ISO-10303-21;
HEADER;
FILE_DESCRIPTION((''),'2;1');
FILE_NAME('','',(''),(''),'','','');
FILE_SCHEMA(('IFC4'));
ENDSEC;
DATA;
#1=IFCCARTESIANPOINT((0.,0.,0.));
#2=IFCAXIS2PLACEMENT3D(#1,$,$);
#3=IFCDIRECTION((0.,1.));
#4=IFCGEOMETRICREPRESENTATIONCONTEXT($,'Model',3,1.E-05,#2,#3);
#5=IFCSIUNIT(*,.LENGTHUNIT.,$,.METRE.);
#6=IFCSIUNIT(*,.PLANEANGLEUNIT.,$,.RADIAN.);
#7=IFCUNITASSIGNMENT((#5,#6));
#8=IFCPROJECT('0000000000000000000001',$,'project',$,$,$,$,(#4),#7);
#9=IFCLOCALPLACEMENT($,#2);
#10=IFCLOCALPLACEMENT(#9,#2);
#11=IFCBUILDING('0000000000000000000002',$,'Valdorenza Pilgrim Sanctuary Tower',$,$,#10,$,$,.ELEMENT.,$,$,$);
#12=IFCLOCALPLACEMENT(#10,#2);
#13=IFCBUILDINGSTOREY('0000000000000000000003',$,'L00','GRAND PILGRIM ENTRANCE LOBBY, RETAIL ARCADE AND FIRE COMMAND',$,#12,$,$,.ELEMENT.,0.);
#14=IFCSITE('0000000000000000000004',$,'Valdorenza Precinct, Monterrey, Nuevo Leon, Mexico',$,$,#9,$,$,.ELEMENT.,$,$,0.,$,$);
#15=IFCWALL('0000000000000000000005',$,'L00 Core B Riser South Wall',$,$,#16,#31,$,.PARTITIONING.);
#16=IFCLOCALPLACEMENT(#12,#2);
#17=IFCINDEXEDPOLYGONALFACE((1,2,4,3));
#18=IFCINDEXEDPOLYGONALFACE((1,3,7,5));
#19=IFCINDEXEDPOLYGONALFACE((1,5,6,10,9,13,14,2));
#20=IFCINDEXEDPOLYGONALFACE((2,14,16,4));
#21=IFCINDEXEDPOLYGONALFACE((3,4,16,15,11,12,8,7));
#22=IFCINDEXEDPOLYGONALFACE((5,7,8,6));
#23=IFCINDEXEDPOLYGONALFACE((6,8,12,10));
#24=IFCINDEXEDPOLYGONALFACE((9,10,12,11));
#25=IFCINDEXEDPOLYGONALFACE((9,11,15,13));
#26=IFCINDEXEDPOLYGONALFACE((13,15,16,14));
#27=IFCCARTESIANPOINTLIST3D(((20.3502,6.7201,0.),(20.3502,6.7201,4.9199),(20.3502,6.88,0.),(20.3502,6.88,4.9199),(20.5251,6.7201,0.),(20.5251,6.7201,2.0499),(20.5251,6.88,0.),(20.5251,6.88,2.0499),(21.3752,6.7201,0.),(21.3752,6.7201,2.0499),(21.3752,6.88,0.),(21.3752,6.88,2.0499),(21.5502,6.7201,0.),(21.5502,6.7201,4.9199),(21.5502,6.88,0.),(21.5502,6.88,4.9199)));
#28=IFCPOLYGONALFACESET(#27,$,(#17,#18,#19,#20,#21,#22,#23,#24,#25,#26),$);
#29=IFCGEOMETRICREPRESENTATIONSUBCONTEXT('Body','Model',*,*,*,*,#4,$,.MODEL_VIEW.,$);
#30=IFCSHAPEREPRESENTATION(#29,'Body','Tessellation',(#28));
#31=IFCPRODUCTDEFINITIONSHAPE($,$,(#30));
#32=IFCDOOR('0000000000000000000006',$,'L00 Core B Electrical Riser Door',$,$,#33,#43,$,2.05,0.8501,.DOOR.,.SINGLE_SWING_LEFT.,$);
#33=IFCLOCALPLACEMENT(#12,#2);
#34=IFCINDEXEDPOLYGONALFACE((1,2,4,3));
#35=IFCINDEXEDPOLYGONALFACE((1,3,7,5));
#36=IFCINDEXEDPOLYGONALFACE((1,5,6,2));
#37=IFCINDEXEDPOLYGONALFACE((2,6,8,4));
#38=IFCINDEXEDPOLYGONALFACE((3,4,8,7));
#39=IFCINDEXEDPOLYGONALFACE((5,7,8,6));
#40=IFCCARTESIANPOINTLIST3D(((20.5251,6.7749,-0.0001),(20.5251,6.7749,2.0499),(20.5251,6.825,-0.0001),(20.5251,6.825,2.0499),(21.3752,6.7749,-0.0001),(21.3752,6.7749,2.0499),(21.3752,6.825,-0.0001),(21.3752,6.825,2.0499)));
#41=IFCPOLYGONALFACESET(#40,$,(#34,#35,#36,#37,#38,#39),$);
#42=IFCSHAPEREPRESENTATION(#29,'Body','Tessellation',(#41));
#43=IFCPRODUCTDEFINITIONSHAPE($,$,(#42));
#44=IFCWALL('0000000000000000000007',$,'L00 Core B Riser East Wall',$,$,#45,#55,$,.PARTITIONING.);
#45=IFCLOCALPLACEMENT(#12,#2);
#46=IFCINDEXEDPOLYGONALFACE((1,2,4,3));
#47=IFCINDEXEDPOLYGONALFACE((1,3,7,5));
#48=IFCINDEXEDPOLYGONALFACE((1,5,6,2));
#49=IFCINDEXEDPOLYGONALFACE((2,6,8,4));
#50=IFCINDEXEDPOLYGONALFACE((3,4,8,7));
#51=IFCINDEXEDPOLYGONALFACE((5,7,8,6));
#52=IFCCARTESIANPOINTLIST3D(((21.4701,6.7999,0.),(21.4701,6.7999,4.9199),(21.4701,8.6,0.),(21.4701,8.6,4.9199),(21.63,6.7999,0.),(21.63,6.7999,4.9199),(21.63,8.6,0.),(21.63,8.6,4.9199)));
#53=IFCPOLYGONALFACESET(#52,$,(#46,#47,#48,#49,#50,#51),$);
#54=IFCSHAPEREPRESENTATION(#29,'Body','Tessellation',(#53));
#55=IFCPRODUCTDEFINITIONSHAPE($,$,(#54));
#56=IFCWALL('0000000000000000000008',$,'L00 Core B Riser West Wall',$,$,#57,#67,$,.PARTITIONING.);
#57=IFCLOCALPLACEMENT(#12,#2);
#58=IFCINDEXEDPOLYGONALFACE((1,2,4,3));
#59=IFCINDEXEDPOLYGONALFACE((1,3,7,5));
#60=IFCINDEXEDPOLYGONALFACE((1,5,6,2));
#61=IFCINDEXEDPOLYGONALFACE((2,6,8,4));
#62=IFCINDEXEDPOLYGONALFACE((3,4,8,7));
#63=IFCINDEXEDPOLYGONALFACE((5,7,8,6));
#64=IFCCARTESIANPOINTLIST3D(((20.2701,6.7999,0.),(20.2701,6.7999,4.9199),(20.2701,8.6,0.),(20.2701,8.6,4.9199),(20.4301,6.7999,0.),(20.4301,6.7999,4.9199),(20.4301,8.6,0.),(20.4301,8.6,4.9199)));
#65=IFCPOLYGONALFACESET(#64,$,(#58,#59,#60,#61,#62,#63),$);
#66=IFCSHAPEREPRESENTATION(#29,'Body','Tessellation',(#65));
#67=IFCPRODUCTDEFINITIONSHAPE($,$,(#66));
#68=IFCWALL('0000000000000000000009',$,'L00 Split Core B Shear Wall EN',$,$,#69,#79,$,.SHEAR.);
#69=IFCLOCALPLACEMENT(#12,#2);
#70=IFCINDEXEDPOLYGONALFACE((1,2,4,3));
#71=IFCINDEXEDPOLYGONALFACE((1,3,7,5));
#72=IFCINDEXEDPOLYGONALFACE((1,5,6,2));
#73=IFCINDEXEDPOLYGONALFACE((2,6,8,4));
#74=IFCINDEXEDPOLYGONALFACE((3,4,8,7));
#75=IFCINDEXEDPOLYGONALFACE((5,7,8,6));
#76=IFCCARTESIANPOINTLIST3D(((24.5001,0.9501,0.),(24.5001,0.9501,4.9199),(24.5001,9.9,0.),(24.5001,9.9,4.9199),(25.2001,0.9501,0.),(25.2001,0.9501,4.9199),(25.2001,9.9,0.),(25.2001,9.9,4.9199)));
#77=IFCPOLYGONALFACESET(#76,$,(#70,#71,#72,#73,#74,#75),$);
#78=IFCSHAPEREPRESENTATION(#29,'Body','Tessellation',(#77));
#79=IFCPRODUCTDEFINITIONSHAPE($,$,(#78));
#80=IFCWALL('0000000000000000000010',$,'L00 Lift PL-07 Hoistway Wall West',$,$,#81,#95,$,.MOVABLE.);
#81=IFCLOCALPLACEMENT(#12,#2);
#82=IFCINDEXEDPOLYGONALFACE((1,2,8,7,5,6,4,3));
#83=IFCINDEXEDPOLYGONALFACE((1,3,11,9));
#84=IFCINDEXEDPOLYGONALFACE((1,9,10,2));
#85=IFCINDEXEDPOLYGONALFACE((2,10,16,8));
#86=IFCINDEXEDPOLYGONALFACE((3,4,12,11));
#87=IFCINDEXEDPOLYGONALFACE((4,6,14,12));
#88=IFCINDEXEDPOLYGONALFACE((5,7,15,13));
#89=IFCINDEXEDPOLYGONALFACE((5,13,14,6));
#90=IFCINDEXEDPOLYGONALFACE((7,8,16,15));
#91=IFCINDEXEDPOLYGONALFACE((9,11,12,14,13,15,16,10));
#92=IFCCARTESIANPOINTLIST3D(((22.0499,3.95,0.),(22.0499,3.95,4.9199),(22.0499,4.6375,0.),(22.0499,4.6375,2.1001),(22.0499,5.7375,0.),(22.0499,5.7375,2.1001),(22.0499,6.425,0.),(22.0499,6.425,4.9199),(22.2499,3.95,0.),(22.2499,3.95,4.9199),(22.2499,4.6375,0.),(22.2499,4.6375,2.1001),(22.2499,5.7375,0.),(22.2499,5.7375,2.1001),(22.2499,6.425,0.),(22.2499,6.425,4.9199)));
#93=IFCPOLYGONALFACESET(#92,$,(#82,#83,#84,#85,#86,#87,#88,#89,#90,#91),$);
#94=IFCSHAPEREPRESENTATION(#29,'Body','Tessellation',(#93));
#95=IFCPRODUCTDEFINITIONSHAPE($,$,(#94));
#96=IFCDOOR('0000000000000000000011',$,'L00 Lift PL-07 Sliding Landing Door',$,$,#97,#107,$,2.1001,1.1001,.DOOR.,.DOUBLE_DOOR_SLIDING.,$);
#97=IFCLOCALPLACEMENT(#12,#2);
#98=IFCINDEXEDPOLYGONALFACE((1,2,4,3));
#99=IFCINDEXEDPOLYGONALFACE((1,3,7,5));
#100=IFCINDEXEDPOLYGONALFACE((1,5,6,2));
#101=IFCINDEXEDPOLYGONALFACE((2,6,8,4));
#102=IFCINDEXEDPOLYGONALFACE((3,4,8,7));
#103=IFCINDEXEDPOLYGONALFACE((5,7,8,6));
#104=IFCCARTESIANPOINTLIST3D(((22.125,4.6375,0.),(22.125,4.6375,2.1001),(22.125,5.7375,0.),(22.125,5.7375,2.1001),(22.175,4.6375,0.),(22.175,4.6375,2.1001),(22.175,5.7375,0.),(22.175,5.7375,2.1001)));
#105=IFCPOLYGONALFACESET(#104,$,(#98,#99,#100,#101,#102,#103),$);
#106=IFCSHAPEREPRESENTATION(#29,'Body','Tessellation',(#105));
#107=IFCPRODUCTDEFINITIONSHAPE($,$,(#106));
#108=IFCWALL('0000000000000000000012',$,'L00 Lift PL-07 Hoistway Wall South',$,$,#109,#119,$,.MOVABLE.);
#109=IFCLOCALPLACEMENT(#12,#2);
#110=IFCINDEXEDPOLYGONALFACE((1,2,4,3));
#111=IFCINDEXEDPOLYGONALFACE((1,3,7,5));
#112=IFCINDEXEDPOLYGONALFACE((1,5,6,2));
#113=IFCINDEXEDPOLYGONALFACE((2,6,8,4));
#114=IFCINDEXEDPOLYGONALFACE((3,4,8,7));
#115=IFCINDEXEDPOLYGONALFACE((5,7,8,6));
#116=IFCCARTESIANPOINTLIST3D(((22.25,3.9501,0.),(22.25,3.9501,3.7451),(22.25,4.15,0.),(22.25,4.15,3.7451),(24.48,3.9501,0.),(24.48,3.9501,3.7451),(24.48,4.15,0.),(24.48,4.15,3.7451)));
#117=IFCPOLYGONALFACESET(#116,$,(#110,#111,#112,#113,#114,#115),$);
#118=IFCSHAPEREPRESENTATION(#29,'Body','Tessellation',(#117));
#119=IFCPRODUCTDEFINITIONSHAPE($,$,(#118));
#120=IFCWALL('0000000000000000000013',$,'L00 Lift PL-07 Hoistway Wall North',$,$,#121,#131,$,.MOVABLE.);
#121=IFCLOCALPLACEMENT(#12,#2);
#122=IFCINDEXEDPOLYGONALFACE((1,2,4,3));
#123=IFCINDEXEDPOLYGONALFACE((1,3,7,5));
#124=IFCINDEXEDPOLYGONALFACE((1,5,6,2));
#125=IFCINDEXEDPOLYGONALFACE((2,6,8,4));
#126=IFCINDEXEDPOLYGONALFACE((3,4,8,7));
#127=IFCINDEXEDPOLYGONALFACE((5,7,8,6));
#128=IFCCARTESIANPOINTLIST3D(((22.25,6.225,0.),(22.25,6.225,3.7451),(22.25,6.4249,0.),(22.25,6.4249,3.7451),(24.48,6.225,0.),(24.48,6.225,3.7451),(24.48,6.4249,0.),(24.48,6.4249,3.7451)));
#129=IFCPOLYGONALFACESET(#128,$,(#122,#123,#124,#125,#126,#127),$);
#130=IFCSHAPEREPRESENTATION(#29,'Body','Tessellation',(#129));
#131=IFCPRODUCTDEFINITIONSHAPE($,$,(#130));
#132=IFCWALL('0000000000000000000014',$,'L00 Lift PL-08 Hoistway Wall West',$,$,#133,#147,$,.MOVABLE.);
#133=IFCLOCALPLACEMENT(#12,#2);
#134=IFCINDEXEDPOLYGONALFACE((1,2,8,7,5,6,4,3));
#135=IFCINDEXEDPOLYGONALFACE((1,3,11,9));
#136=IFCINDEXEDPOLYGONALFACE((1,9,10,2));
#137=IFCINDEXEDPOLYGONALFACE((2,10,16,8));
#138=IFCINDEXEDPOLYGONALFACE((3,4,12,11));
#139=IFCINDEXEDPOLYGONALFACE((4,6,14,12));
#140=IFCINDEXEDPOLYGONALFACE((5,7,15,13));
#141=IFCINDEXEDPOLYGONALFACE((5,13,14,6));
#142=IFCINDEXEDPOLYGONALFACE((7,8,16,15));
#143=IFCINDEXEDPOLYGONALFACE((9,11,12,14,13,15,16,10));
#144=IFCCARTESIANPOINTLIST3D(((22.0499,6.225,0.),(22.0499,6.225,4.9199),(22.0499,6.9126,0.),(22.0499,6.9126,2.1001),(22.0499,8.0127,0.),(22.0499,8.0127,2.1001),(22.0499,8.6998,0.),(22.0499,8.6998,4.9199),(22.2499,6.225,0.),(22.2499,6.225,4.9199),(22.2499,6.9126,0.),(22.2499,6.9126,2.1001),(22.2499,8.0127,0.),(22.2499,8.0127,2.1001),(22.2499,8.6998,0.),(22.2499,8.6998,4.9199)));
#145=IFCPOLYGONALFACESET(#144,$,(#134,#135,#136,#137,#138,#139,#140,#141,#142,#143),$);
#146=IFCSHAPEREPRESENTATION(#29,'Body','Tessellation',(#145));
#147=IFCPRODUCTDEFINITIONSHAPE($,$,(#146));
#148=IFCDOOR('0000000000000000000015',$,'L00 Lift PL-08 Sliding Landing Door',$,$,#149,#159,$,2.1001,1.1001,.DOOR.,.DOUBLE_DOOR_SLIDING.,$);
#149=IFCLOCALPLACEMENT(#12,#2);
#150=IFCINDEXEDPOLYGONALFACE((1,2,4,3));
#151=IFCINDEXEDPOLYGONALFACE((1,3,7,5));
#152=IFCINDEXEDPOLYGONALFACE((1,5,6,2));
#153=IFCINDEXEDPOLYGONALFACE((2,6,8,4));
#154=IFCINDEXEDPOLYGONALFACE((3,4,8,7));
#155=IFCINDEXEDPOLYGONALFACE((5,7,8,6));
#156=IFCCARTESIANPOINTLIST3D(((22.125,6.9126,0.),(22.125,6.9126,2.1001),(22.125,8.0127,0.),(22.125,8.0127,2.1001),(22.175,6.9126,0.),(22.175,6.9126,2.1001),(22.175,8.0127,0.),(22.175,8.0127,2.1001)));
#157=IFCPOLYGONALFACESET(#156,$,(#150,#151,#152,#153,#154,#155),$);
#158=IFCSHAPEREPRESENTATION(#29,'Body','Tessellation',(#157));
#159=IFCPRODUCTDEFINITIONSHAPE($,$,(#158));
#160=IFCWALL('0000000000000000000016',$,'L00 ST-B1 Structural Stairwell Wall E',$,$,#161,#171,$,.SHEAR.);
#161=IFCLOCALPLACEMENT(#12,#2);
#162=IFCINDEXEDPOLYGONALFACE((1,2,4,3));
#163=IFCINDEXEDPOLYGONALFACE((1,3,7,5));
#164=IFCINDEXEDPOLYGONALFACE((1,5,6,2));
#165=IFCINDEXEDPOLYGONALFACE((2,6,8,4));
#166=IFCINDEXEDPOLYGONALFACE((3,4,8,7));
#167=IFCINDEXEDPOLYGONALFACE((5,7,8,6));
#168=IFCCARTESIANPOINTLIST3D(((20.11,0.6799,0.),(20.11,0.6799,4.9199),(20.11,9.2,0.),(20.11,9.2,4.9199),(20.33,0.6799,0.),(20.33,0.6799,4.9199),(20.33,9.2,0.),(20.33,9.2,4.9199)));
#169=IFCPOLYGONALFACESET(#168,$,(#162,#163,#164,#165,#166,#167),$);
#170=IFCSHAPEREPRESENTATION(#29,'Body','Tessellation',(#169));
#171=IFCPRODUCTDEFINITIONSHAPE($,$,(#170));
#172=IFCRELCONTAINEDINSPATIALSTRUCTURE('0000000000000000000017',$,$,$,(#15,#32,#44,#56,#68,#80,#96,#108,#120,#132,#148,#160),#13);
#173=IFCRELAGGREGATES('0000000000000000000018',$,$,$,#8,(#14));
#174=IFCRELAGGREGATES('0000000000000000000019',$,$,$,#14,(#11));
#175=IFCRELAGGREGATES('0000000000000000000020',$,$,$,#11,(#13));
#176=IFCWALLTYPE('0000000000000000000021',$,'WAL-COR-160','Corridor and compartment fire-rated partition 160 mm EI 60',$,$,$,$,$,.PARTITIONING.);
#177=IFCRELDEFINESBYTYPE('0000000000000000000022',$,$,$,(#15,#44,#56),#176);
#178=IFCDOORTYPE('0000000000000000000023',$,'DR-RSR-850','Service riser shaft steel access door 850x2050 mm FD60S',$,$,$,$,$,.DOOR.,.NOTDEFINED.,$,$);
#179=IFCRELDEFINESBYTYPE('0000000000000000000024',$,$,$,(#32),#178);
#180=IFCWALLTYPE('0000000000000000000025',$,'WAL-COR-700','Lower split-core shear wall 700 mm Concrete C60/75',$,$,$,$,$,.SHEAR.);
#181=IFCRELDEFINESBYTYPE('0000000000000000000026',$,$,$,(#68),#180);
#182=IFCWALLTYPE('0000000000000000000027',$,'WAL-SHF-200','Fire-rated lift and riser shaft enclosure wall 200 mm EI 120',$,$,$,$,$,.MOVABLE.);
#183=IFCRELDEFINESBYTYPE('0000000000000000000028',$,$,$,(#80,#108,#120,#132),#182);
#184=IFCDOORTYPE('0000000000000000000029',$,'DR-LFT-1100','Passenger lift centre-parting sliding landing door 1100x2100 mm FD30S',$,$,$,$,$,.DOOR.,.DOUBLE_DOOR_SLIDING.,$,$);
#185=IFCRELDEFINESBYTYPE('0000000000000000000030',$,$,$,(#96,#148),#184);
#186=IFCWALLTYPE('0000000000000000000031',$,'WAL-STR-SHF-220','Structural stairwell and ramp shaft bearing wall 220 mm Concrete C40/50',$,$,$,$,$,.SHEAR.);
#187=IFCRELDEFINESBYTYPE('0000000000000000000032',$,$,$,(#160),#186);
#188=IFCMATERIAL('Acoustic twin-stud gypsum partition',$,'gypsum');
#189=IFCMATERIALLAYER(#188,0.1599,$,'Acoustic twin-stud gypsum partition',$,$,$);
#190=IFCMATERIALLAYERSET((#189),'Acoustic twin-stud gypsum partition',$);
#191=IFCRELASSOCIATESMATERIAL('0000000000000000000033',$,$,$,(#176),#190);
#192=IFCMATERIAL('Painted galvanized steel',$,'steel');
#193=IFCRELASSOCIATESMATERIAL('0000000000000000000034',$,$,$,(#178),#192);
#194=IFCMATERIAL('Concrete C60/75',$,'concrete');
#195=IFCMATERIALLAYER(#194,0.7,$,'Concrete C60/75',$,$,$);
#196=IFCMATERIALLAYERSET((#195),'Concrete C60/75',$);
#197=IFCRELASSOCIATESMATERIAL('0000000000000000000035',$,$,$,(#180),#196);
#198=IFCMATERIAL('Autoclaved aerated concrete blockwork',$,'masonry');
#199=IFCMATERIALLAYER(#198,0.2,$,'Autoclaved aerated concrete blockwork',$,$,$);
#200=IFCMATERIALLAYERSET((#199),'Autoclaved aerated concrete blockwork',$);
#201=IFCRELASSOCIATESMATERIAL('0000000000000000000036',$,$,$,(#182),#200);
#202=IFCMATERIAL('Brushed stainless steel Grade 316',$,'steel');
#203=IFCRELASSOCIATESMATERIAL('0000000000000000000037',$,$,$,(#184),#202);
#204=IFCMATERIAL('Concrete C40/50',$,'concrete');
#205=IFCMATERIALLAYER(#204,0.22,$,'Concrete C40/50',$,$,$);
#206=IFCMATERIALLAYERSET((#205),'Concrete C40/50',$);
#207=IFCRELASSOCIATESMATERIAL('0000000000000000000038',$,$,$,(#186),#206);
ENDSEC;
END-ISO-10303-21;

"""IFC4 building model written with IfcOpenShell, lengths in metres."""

from ifc_helpers import new_model, si_unit, direction, frame, frame_2d, origin, place, context, subcontext, project, spatial, rectangle, extrude, material, layer, layer_set, type_object, element, fill, save


model = new_model("IFC4")

# Units and contexts
model_context = context("Model", 3, precision=1e-05, world=origin(), true_north=direction((0.0, 1.0)))
body_context = subcontext(model_context, "Body", "Model", "MODEL_VIEW")
ifc_project = project(units=[si_unit("LENGTHUNIT", "METRE"), si_unit("PLANEANGLEUNIT", "RADIAN")], contexts=[model_context])

# Site, building, storey
site_placement = place(None, origin())
site = spatial("IfcSite", under=ifc_project, at=site_placement, Name="Valdorenza Precinct, Monterrey, Nuevo Leon, Mexico", CompositionType="ELEMENT", RefElevation=0.0)
building_placement = place(site_placement, origin())
building = spatial("IfcBuilding", under=site, at=building_placement, Name="Valdorenza Pilgrim Sanctuary Tower", CompositionType="ELEMENT")
storey_placement = place(building_placement, origin())
storey = spatial("IfcBuildingStorey", under=building, at=storey_placement, Name="L00", Description="GRAND PILGRIM ENTRANCE LOBBY, RETAIL ARCADE AND FIRE COMMAND", CompositionType="ELEMENT", Elevation=0.0)

# Wall, opening, door
ifc_material_1 = material(Name="Acoustic twin-stud gypsum partition", Category="gypsum")
ifc_layer_1 = layer(ifc_material_1, 0.1599, Name="Acoustic twin-stud gypsum partition")
ifc_layer_set_1 = layer_set([ifc_layer_1], Name="Acoustic twin-stud gypsum partition")
wall_type_1 = type_object("IfcWallType", Name="WAL-COR-160", Description="Corridor and compartment fire-rated partition 160 mm EI 60", PredefinedType="PARTITIONING", material=ifc_layer_set_1)
wall_1_placement = place(storey_placement, frame((20.3501, 6.8, 0.0), z_axis=(0.0, 0.0, 1.0), x_axis=(1.0, 0.0, 0.0)))
wall_1 = element("IfcWall", 1, at=wall_1_placement, inside=storey, type_object=wall_type_1, Name="L00 Core B Riser South Wall", PredefinedType="PARTITIONING", context=body_context, shape_type="SweptSolid", body=[
    extrude(rectangle(XDim=1.2, YDim=0.1599, at=frame_2d((0.6001, 0.0))), origin(), (0.0, 0.0, 1.0), 4.9199),
])
opening_1_placement = place(wall_1_placement, frame((0.175, 0.0, 0.0)))
opening_1 = element("IfcOpeningElement", 2, at=opening_1_placement, cuts=wall_1, PredefinedType="OPENING", context=body_context, shape_type="SweptSolid", body=[
    extrude(rectangle(XDim=0.8501, YDim=2.05, at=frame_2d((0.425, 1.0249))), frame((0.0, 0.0947, 0.0), z_axis=(0.0, -1.0, 0.0), x_axis=(1.0, 0.0, 0.0)), (0.0, 0.0, 1.0), 0.1897),
])
ifc_material_2 = material(Name="Painted galvanized steel", Category="steel")
door_type_1 = type_object("IfcDoorType", Name="DR-RSR-850", Description="Service riser shaft steel access door 850x2050 mm FD60S", OperationType="NOTDEFINED", PredefinedType="DOOR", material=ifc_material_2)
door_1_placement = place(opening_1_placement, origin())
door_1 = element("IfcDoor", 3, at=door_1_placement, inside=storey, type_object=door_type_1, Name="L00 Core B Electrical Riser Door", OperationType="SINGLE_SWING_LEFT", OverallHeight=2.05, OverallWidth=0.8501, PredefinedType="DOOR", context=body_context, shape_type="SweptSolid", body=[
    extrude(rectangle(XDim=0.8501, YDim=2.05, at=frame_2d((0.425, 1.0249))), frame((0.0, 0.0249, 0.0), z_axis=(0.0, -1.0, 0.0), x_axis=(1.0, 0.0, 0.0)), (0.0, 0.0, 1.0), 0.05),
])
fill(opening_1, door_1)

# Walls
for number, where, z_axis, x_axis, name in (
    (4, (21.55, 6.8, 0.0), (0.0, 0.0, 1.0), (0.0, 1.0, 0.0), "L00 Core B Riser East Wall"),
    (5, (20.3501, 6.8, 0.0), (0.0, 0.0, 1.0), (0.0, 1.0, 0.0), "L00 Core B Riser West Wall"),
):
    element("IfcWall", number, at=place(storey_placement, frame(where, z_axis=z_axis, x_axis=x_axis)), inside=storey, type_object=wall_type_1, Name=name, PredefinedType="PARTITIONING", context=body_context, shape_type="SweptSolid", body=[
        extrude(rectangle(XDim=1.8, YDim=0.1599, at=frame_2d((0.8999, 0.0))), origin(), (0.0, 0.0, 1.0), 4.9199),
    ])
ifc_material_3 = material(Name="Concrete C60/75", Category="concrete")
ifc_layer_2 = layer(ifc_material_3, 0.7, Name="Concrete C60/75")
ifc_layer_set_2 = layer_set([ifc_layer_2], Name="Concrete C60/75")
wall_type_2 = type_object("IfcWallType", Name="WAL-COR-700", Description="Lower split-core shear wall 700 mm Concrete C60/75", PredefinedType="SHEAR", material=ifc_layer_set_2)
wall_2_placement = place(storey_placement, frame((24.8501, 0.95, 0.0), z_axis=(0.0, 0.0, 1.0), x_axis=(0.0, 1.0, 0.0)))
element("IfcWall", 6, at=wall_2_placement, inside=storey, type_object=wall_type_2, Name="L00 Split Core B Shear Wall EN", PredefinedType="SHEAR", context=body_context, shape_type="SweptSolid", body=[
    extrude(rectangle(XDim=8.95, YDim=0.7, at=frame_2d((4.4751, 0.0))), origin(), (0.0, 0.0, 1.0), 4.9199),
])

# Wall, opening, door
ifc_material_4 = material(Name="Autoclaved aerated concrete blockwork", Category="masonry")
ifc_layer_3 = layer(ifc_material_4, 0.2, Name="Autoclaved aerated concrete blockwork")
ifc_layer_set_3 = layer_set([ifc_layer_3], Name="Autoclaved aerated concrete blockwork")
wall_type_3 = type_object("IfcWallType", Name="WAL-SHF-200", Description="Fire-rated lift and riser shaft enclosure wall 200 mm EI 120", PredefinedType="MOVABLE", material=ifc_layer_set_3)
wall_3_placement = place(storey_placement, frame((22.1499, 3.95, 0.0), z_axis=(0.0, 0.0, 1.0), x_axis=(0.0, 1.0, 0.0)))
wall_3 = element("IfcWall", 7, at=wall_3_placement, inside=storey, type_object=wall_type_3, Name="L00 Lift PL-07 Hoistway Wall West", PredefinedType="MOVABLE", context=body_context, shape_type="SweptSolid", body=[
    extrude(rectangle(XDim=2.4751, YDim=0.2, at=frame_2d((1.2375, 0.0))), origin(), (0.0, 0.0, 1.0), 4.9199),
])
opening_2_placement = place(wall_3_placement, frame((0.6875, 0.0, 0.0)))
opening_2 = element("IfcOpeningElement", 8, at=opening_2_placement, cuts=wall_3, PredefinedType="OPENING", context=body_context, shape_type="SweptSolid", body=[
    extrude(rectangle(XDim=1.1001, YDim=2.1001, at=frame_2d((0.55, 1.05))), frame((0.0, 0.1147, 0.0), z_axis=(0.0, -1.0, 0.0), x_axis=(1.0, 0.0, 0.0)), (0.0, 0.0, 1.0), 0.2297),
])
ifc_material_5 = material(Name="Brushed stainless steel Grade 316", Category="steel")
door_type_2 = type_object("IfcDoorType", Name="DR-LFT-1100", Description="Passenger lift centre-parting sliding landing door 1100x2100 mm FD30S", OperationType="DOUBLE_DOOR_SLIDING", PredefinedType="DOOR", material=ifc_material_5)
door_2_placement = place(opening_2_placement, origin())
door_2 = element("IfcDoor", 9, at=door_2_placement, inside=storey, type_object=door_type_2, Name="L00 Lift PL-07 Sliding Landing Door", OperationType="DOUBLE_DOOR_SLIDING", OverallHeight=2.1001, OverallWidth=1.1001, PredefinedType="DOOR", context=body_context, shape_type="SweptSolid", body=[
    extrude(rectangle(XDim=1.1001, YDim=2.1001, at=frame_2d((0.55, 1.05))), frame((0.0, 0.0249, 0.0), z_axis=(0.0, -1.0, 0.0), x_axis=(1.0, 0.0, 0.0)), (0.0, 0.0, 1.0), 0.05),
])
fill(opening_2, door_2)

# Walls
for number, where, z_axis, x_axis, name in (
    (10, (22.25, 4.05, 0.0), (0.0, 0.0, 1.0), (1.0, 0.0, 0.0), "L00 Lift PL-07 Hoistway Wall South"),
    (11, (22.25, 6.325, 0.0), (0.0, 0.0, 1.0), (1.0, 0.0, 0.0), "L00 Lift PL-07 Hoistway Wall North"),
):
    element("IfcWall", number, at=place(storey_placement, frame(where, z_axis=z_axis, x_axis=x_axis)), inside=storey, type_object=wall_type_3, Name=name, PredefinedType="MOVABLE", context=body_context, shape_type="SweptSolid", body=[
        extrude(rectangle(XDim=2.23, YDim=0.2, at=frame_2d((1.115, 0.0))), origin(), (0.0, 0.0, 1.0), 3.7451),
    ])

# Wall, opening, door
wall_4_placement = place(storey_placement, frame((22.1499, 6.2251, 0.0), z_axis=(0.0, 0.0, 1.0), x_axis=(0.0, 1.0, 0.0)))
wall_4 = element("IfcWall", 12, at=wall_4_placement, inside=storey, type_object=wall_type_3, Name="L00 Lift PL-08 Hoistway Wall West", PredefinedType="MOVABLE", context=body_context, shape_type="SweptSolid", body=[
    extrude(rectangle(XDim=2.4749, YDim=0.2, at=frame_2d((1.2373, 0.0))), origin(), (0.0, 0.0, 1.0), 4.9199),
])
opening_3_placement = place(wall_4_placement, frame((0.6875, 0.0, 0.0)))
opening_3 = element("IfcOpeningElement", 13, at=opening_3_placement, cuts=wall_4, PredefinedType="OPENING", context=body_context, shape_type="SweptSolid", body=[
    extrude(rectangle(XDim=1.1001, YDim=2.1001, at=frame_2d((0.55, 1.05))), frame((0.0, 0.1147, 0.0), z_axis=(0.0, -1.0, 0.0), x_axis=(1.0, 0.0, 0.0)), (0.0, 0.0, 1.0), 0.2297),
])
door_3_placement = place(opening_3_placement, origin())
door_3 = element("IfcDoor", 14, at=door_3_placement, inside=storey, type_object=door_type_2, Name="L00 Lift PL-08 Sliding Landing Door", OperationType="DOUBLE_DOOR_SLIDING", OverallHeight=2.1001, OverallWidth=1.1001, PredefinedType="DOOR", context=body_context, shape_type="SweptSolid", body=[
    extrude(rectangle(XDim=1.1001, YDim=2.1001, at=frame_2d((0.55, 1.05))), frame((0.0, 0.0249, 0.0), z_axis=(0.0, -1.0, 0.0), x_axis=(1.0, 0.0, 0.0)), (0.0, 0.0, 1.0), 0.05),
])
fill(opening_3, door_3)

# Wall
ifc_material_6 = material(Name="Concrete C40/50", Category="concrete")
ifc_layer_4 = layer(ifc_material_6, 0.22, Name="Concrete C40/50")
ifc_layer_set_4 = layer_set([ifc_layer_4], Name="Concrete C40/50")
wall_type_4 = type_object("IfcWallType", Name="WAL-STR-SHF-220", Description="Structural stairwell and ramp shaft bearing wall 220 mm Concrete C40/50", PredefinedType="SHEAR", material=ifc_layer_set_4)
wall_5_placement = place(storey_placement, frame((20.22, 0.6799, 0.0), z_axis=(0.0, 0.0, 1.0), x_axis=(0.0, 1.0, 0.0)))
element("IfcWall", 15, at=wall_5_placement, inside=storey, type_object=wall_type_4, Name="L00 ST-B1 Structural Stairwell Wall E", PredefinedType="SHEAR", context=body_context, shape_type="SweptSolid", body=[
    extrude(rectangle(XDim=8.52, YDim=0.22, at=frame_2d((4.26, 0.0))), origin(), (0.0, 0.0, 1.0), 4.9199),
])

save(model, "model.ifc")
